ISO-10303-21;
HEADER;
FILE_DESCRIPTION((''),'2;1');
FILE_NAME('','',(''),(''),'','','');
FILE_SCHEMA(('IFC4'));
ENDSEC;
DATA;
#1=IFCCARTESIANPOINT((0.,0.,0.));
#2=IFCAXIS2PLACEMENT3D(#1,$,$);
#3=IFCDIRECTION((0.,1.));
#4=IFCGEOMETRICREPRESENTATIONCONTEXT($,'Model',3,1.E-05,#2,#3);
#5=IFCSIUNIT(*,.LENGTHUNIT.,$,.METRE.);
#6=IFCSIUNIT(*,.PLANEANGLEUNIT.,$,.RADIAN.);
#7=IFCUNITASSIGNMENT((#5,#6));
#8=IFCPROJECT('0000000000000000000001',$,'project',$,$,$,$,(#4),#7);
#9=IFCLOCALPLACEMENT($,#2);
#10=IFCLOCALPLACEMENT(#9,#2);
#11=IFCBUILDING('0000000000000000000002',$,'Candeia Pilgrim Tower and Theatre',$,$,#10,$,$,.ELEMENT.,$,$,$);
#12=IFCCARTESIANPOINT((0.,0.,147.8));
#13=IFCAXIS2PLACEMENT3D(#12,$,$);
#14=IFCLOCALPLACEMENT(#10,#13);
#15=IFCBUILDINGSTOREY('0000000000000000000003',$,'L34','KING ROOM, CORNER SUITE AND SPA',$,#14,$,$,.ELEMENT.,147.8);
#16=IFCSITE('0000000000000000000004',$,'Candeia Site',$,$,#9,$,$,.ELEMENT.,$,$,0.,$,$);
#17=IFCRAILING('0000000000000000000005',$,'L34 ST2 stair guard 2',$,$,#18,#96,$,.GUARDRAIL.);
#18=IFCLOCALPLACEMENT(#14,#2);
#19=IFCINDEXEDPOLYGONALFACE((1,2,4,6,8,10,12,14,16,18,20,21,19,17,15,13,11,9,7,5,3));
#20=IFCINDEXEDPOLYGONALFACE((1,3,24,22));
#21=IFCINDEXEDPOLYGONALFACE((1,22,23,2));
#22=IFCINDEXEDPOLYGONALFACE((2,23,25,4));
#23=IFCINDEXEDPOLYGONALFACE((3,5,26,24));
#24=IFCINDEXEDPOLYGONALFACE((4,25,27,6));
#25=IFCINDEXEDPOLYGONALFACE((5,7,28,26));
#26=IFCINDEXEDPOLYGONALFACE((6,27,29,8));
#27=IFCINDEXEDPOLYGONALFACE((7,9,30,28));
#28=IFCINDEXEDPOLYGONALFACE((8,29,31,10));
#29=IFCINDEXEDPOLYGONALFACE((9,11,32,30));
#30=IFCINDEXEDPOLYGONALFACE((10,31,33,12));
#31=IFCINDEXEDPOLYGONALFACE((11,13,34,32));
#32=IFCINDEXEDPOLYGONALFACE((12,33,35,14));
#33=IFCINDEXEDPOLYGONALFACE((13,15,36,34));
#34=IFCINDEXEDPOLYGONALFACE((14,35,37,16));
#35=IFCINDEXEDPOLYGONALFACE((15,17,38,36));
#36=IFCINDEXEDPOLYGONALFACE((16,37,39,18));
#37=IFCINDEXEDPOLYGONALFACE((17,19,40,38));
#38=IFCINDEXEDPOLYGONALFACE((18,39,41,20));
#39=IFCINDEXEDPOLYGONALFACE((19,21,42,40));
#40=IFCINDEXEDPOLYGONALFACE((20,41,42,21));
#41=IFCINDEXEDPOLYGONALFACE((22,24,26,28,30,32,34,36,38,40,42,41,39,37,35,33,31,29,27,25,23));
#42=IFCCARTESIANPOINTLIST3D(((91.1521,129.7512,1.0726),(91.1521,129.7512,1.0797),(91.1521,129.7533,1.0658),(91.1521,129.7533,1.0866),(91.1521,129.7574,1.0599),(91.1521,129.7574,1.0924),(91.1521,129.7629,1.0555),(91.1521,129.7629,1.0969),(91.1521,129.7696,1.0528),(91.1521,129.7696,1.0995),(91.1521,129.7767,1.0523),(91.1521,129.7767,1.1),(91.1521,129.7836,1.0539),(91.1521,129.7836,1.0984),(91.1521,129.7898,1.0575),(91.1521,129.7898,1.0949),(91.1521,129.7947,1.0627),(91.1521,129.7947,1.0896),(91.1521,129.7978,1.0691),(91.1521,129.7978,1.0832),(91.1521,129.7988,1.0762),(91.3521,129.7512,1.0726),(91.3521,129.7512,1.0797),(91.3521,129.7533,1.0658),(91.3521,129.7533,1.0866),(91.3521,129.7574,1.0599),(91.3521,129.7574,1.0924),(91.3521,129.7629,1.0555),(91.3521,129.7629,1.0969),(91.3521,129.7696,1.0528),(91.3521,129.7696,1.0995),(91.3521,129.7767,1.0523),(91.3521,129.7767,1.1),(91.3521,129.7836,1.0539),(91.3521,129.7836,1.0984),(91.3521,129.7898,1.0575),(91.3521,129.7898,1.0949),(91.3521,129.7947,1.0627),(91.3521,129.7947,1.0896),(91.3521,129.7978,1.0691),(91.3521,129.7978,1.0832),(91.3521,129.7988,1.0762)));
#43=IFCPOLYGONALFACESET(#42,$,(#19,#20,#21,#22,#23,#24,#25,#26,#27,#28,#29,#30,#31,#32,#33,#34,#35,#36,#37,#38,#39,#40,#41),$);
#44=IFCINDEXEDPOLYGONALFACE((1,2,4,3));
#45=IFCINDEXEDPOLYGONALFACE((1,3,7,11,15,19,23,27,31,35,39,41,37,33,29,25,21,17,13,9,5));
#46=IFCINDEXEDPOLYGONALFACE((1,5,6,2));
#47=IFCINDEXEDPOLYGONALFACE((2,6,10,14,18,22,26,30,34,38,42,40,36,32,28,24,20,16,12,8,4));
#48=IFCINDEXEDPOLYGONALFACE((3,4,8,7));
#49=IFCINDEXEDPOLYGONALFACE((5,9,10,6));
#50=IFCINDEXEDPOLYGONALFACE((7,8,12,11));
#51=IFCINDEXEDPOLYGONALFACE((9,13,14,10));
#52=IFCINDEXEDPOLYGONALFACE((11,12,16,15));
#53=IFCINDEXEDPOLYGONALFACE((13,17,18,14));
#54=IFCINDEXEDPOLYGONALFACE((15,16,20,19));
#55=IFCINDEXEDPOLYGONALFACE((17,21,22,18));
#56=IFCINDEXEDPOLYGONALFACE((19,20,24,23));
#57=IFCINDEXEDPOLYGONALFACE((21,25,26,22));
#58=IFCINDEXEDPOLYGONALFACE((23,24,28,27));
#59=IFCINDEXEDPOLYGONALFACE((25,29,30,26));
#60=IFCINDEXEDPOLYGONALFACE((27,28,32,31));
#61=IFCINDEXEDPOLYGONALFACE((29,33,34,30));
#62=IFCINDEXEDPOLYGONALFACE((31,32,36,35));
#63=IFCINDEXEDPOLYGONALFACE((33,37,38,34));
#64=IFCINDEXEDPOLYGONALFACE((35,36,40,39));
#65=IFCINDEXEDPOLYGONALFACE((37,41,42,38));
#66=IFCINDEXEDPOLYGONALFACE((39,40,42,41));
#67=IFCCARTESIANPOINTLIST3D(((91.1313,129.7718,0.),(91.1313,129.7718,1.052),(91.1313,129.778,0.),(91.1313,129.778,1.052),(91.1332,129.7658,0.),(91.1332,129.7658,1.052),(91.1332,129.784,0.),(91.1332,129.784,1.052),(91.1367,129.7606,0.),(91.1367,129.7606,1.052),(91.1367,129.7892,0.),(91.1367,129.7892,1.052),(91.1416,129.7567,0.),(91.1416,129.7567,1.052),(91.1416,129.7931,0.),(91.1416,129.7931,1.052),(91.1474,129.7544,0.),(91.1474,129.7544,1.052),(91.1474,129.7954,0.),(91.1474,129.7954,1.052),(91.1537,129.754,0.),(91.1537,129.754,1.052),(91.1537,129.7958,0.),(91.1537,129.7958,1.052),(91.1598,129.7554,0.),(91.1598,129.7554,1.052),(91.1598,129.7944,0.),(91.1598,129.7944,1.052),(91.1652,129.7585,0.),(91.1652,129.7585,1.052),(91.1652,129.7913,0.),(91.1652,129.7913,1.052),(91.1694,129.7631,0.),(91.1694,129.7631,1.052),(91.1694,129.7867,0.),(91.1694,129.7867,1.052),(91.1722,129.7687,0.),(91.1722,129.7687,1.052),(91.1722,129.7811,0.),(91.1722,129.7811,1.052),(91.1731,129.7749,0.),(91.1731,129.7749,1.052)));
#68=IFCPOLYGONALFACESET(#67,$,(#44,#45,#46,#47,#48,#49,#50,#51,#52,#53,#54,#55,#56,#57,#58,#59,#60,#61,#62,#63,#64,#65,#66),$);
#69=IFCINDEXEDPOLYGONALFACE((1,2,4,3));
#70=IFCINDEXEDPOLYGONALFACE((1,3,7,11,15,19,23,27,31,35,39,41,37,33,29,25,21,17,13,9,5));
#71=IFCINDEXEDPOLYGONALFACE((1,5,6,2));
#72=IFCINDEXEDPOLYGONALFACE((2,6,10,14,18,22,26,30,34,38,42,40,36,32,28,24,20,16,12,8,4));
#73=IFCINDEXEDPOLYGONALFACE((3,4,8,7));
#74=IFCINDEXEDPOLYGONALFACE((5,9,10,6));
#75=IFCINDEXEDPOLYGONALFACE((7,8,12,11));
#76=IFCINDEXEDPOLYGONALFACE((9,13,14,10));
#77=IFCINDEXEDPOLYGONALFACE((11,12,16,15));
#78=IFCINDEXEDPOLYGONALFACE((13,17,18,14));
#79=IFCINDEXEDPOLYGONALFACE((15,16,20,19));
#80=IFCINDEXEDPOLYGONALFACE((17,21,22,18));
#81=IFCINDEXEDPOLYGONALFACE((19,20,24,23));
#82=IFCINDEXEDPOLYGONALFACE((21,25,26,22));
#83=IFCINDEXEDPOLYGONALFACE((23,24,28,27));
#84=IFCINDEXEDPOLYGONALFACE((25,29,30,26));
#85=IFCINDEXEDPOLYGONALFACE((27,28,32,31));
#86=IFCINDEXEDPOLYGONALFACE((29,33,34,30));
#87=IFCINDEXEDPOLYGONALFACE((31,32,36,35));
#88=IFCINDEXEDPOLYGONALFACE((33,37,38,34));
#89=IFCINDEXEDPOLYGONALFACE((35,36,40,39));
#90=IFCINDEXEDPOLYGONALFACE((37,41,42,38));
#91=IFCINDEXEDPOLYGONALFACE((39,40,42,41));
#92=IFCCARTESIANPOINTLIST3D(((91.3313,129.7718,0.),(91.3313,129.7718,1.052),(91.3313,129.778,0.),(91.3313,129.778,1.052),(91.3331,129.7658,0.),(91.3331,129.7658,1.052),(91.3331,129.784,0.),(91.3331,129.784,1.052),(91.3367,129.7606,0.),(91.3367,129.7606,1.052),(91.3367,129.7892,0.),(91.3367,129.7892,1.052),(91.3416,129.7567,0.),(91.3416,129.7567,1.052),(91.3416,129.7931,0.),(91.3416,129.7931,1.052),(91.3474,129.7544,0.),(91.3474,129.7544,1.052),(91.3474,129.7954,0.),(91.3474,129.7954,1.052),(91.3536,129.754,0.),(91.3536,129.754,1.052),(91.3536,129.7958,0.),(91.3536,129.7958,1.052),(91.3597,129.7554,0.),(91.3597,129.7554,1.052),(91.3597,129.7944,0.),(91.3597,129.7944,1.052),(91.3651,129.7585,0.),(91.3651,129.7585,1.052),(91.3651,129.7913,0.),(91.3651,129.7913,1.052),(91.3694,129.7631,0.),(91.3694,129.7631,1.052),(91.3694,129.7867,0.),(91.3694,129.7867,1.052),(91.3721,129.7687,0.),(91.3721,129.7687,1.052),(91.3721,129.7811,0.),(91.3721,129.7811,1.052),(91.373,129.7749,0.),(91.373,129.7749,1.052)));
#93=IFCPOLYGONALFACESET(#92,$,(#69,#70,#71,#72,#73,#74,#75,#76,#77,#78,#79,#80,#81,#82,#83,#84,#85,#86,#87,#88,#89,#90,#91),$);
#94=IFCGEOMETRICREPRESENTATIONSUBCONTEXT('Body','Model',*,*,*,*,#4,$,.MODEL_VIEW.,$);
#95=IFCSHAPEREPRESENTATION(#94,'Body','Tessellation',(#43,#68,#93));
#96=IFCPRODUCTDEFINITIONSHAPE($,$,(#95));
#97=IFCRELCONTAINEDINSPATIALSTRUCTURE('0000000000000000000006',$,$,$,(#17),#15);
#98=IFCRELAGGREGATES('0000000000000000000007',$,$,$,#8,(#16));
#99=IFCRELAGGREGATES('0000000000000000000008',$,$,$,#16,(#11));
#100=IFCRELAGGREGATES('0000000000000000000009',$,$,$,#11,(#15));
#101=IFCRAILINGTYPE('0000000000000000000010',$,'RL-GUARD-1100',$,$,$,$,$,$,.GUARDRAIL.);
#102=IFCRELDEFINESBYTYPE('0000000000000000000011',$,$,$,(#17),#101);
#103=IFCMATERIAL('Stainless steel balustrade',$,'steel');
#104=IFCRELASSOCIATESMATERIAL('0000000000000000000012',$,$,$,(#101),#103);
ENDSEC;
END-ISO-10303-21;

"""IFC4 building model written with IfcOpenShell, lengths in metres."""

from ifc_helpers import new_model, si_unit, direction, frame, origin, origin_2d, place, context, subcontext, project, spatial, circle, extrude, material, type_object, element, save


model = new_model("IFC4")

# Units and contexts
model_context = context("Model", 3, precision=1e-05, world=origin(), true_north=direction((0.0, 1.0)))
body_context = subcontext(model_context, "Body", "Model", "MODEL_VIEW")
ifc_project = project(units=[si_unit("LENGTHUNIT", "METRE"), si_unit("PLANEANGLEUNIT", "RADIAN")], contexts=[model_context])

# Site, building, storey
site_placement = place(None, origin())
site = spatial("IfcSite", under=ifc_project, at=site_placement, Name="Candeia Site", CompositionType="ELEMENT", RefElevation=0.0)
building_placement = place(site_placement, origin())
building = spatial("IfcBuilding", under=site, at=building_placement, Name="Candeia Pilgrim Tower and Theatre", CompositionType="ELEMENT")
storey_placement = place(building_placement, frame((0.0, 0.0, 147.8)))
storey = spatial("IfcBuildingStorey", under=building, at=storey_placement, Name="L34", Description="KING ROOM, CORNER SUITE AND SPA", CompositionType="ELEMENT", Elevation=147.8)

# Shared definitions
ifc_material_1 = material(Name="Stainless steel balustrade", Category="steel")

# Railing
railing_type_1 = type_object("IfcRailingType", Name="RL-GUARD-1100", PredefinedType="GUARDRAIL", material=ifc_material_1)
railing_1_placement = place(storey_placement, frame((91.1521, 129.7749, 0.0)))
element("IfcRailing", 1, at=railing_1_placement, inside=storey, type_object=railing_type_1, Name="L34 ST2 stair guard 2", PredefinedType="GUARDRAIL", context=body_context, shape_type="SweptSolid", body=[
    extrude(circle(Radius=0.0239, at=origin_2d()), frame((0.0, 0.0, 1.0762), z_axis=(1.0, 0.0, 0.0), x_axis=(0.0, 1.0, 0.0)), (0.0, 0.0, 1.0), 0.2),
    extrude(circle(Radius=0.021, at=origin_2d()), origin(), (0.0, 0.0, 1.0), 1.052),
    extrude(circle(Radius=0.021, at=origin_2d()), frame((0.2, 0.0, 0.0)), (0.0, 0.0, 1.0), 1.052),
])

save(model, "model.ifc")
